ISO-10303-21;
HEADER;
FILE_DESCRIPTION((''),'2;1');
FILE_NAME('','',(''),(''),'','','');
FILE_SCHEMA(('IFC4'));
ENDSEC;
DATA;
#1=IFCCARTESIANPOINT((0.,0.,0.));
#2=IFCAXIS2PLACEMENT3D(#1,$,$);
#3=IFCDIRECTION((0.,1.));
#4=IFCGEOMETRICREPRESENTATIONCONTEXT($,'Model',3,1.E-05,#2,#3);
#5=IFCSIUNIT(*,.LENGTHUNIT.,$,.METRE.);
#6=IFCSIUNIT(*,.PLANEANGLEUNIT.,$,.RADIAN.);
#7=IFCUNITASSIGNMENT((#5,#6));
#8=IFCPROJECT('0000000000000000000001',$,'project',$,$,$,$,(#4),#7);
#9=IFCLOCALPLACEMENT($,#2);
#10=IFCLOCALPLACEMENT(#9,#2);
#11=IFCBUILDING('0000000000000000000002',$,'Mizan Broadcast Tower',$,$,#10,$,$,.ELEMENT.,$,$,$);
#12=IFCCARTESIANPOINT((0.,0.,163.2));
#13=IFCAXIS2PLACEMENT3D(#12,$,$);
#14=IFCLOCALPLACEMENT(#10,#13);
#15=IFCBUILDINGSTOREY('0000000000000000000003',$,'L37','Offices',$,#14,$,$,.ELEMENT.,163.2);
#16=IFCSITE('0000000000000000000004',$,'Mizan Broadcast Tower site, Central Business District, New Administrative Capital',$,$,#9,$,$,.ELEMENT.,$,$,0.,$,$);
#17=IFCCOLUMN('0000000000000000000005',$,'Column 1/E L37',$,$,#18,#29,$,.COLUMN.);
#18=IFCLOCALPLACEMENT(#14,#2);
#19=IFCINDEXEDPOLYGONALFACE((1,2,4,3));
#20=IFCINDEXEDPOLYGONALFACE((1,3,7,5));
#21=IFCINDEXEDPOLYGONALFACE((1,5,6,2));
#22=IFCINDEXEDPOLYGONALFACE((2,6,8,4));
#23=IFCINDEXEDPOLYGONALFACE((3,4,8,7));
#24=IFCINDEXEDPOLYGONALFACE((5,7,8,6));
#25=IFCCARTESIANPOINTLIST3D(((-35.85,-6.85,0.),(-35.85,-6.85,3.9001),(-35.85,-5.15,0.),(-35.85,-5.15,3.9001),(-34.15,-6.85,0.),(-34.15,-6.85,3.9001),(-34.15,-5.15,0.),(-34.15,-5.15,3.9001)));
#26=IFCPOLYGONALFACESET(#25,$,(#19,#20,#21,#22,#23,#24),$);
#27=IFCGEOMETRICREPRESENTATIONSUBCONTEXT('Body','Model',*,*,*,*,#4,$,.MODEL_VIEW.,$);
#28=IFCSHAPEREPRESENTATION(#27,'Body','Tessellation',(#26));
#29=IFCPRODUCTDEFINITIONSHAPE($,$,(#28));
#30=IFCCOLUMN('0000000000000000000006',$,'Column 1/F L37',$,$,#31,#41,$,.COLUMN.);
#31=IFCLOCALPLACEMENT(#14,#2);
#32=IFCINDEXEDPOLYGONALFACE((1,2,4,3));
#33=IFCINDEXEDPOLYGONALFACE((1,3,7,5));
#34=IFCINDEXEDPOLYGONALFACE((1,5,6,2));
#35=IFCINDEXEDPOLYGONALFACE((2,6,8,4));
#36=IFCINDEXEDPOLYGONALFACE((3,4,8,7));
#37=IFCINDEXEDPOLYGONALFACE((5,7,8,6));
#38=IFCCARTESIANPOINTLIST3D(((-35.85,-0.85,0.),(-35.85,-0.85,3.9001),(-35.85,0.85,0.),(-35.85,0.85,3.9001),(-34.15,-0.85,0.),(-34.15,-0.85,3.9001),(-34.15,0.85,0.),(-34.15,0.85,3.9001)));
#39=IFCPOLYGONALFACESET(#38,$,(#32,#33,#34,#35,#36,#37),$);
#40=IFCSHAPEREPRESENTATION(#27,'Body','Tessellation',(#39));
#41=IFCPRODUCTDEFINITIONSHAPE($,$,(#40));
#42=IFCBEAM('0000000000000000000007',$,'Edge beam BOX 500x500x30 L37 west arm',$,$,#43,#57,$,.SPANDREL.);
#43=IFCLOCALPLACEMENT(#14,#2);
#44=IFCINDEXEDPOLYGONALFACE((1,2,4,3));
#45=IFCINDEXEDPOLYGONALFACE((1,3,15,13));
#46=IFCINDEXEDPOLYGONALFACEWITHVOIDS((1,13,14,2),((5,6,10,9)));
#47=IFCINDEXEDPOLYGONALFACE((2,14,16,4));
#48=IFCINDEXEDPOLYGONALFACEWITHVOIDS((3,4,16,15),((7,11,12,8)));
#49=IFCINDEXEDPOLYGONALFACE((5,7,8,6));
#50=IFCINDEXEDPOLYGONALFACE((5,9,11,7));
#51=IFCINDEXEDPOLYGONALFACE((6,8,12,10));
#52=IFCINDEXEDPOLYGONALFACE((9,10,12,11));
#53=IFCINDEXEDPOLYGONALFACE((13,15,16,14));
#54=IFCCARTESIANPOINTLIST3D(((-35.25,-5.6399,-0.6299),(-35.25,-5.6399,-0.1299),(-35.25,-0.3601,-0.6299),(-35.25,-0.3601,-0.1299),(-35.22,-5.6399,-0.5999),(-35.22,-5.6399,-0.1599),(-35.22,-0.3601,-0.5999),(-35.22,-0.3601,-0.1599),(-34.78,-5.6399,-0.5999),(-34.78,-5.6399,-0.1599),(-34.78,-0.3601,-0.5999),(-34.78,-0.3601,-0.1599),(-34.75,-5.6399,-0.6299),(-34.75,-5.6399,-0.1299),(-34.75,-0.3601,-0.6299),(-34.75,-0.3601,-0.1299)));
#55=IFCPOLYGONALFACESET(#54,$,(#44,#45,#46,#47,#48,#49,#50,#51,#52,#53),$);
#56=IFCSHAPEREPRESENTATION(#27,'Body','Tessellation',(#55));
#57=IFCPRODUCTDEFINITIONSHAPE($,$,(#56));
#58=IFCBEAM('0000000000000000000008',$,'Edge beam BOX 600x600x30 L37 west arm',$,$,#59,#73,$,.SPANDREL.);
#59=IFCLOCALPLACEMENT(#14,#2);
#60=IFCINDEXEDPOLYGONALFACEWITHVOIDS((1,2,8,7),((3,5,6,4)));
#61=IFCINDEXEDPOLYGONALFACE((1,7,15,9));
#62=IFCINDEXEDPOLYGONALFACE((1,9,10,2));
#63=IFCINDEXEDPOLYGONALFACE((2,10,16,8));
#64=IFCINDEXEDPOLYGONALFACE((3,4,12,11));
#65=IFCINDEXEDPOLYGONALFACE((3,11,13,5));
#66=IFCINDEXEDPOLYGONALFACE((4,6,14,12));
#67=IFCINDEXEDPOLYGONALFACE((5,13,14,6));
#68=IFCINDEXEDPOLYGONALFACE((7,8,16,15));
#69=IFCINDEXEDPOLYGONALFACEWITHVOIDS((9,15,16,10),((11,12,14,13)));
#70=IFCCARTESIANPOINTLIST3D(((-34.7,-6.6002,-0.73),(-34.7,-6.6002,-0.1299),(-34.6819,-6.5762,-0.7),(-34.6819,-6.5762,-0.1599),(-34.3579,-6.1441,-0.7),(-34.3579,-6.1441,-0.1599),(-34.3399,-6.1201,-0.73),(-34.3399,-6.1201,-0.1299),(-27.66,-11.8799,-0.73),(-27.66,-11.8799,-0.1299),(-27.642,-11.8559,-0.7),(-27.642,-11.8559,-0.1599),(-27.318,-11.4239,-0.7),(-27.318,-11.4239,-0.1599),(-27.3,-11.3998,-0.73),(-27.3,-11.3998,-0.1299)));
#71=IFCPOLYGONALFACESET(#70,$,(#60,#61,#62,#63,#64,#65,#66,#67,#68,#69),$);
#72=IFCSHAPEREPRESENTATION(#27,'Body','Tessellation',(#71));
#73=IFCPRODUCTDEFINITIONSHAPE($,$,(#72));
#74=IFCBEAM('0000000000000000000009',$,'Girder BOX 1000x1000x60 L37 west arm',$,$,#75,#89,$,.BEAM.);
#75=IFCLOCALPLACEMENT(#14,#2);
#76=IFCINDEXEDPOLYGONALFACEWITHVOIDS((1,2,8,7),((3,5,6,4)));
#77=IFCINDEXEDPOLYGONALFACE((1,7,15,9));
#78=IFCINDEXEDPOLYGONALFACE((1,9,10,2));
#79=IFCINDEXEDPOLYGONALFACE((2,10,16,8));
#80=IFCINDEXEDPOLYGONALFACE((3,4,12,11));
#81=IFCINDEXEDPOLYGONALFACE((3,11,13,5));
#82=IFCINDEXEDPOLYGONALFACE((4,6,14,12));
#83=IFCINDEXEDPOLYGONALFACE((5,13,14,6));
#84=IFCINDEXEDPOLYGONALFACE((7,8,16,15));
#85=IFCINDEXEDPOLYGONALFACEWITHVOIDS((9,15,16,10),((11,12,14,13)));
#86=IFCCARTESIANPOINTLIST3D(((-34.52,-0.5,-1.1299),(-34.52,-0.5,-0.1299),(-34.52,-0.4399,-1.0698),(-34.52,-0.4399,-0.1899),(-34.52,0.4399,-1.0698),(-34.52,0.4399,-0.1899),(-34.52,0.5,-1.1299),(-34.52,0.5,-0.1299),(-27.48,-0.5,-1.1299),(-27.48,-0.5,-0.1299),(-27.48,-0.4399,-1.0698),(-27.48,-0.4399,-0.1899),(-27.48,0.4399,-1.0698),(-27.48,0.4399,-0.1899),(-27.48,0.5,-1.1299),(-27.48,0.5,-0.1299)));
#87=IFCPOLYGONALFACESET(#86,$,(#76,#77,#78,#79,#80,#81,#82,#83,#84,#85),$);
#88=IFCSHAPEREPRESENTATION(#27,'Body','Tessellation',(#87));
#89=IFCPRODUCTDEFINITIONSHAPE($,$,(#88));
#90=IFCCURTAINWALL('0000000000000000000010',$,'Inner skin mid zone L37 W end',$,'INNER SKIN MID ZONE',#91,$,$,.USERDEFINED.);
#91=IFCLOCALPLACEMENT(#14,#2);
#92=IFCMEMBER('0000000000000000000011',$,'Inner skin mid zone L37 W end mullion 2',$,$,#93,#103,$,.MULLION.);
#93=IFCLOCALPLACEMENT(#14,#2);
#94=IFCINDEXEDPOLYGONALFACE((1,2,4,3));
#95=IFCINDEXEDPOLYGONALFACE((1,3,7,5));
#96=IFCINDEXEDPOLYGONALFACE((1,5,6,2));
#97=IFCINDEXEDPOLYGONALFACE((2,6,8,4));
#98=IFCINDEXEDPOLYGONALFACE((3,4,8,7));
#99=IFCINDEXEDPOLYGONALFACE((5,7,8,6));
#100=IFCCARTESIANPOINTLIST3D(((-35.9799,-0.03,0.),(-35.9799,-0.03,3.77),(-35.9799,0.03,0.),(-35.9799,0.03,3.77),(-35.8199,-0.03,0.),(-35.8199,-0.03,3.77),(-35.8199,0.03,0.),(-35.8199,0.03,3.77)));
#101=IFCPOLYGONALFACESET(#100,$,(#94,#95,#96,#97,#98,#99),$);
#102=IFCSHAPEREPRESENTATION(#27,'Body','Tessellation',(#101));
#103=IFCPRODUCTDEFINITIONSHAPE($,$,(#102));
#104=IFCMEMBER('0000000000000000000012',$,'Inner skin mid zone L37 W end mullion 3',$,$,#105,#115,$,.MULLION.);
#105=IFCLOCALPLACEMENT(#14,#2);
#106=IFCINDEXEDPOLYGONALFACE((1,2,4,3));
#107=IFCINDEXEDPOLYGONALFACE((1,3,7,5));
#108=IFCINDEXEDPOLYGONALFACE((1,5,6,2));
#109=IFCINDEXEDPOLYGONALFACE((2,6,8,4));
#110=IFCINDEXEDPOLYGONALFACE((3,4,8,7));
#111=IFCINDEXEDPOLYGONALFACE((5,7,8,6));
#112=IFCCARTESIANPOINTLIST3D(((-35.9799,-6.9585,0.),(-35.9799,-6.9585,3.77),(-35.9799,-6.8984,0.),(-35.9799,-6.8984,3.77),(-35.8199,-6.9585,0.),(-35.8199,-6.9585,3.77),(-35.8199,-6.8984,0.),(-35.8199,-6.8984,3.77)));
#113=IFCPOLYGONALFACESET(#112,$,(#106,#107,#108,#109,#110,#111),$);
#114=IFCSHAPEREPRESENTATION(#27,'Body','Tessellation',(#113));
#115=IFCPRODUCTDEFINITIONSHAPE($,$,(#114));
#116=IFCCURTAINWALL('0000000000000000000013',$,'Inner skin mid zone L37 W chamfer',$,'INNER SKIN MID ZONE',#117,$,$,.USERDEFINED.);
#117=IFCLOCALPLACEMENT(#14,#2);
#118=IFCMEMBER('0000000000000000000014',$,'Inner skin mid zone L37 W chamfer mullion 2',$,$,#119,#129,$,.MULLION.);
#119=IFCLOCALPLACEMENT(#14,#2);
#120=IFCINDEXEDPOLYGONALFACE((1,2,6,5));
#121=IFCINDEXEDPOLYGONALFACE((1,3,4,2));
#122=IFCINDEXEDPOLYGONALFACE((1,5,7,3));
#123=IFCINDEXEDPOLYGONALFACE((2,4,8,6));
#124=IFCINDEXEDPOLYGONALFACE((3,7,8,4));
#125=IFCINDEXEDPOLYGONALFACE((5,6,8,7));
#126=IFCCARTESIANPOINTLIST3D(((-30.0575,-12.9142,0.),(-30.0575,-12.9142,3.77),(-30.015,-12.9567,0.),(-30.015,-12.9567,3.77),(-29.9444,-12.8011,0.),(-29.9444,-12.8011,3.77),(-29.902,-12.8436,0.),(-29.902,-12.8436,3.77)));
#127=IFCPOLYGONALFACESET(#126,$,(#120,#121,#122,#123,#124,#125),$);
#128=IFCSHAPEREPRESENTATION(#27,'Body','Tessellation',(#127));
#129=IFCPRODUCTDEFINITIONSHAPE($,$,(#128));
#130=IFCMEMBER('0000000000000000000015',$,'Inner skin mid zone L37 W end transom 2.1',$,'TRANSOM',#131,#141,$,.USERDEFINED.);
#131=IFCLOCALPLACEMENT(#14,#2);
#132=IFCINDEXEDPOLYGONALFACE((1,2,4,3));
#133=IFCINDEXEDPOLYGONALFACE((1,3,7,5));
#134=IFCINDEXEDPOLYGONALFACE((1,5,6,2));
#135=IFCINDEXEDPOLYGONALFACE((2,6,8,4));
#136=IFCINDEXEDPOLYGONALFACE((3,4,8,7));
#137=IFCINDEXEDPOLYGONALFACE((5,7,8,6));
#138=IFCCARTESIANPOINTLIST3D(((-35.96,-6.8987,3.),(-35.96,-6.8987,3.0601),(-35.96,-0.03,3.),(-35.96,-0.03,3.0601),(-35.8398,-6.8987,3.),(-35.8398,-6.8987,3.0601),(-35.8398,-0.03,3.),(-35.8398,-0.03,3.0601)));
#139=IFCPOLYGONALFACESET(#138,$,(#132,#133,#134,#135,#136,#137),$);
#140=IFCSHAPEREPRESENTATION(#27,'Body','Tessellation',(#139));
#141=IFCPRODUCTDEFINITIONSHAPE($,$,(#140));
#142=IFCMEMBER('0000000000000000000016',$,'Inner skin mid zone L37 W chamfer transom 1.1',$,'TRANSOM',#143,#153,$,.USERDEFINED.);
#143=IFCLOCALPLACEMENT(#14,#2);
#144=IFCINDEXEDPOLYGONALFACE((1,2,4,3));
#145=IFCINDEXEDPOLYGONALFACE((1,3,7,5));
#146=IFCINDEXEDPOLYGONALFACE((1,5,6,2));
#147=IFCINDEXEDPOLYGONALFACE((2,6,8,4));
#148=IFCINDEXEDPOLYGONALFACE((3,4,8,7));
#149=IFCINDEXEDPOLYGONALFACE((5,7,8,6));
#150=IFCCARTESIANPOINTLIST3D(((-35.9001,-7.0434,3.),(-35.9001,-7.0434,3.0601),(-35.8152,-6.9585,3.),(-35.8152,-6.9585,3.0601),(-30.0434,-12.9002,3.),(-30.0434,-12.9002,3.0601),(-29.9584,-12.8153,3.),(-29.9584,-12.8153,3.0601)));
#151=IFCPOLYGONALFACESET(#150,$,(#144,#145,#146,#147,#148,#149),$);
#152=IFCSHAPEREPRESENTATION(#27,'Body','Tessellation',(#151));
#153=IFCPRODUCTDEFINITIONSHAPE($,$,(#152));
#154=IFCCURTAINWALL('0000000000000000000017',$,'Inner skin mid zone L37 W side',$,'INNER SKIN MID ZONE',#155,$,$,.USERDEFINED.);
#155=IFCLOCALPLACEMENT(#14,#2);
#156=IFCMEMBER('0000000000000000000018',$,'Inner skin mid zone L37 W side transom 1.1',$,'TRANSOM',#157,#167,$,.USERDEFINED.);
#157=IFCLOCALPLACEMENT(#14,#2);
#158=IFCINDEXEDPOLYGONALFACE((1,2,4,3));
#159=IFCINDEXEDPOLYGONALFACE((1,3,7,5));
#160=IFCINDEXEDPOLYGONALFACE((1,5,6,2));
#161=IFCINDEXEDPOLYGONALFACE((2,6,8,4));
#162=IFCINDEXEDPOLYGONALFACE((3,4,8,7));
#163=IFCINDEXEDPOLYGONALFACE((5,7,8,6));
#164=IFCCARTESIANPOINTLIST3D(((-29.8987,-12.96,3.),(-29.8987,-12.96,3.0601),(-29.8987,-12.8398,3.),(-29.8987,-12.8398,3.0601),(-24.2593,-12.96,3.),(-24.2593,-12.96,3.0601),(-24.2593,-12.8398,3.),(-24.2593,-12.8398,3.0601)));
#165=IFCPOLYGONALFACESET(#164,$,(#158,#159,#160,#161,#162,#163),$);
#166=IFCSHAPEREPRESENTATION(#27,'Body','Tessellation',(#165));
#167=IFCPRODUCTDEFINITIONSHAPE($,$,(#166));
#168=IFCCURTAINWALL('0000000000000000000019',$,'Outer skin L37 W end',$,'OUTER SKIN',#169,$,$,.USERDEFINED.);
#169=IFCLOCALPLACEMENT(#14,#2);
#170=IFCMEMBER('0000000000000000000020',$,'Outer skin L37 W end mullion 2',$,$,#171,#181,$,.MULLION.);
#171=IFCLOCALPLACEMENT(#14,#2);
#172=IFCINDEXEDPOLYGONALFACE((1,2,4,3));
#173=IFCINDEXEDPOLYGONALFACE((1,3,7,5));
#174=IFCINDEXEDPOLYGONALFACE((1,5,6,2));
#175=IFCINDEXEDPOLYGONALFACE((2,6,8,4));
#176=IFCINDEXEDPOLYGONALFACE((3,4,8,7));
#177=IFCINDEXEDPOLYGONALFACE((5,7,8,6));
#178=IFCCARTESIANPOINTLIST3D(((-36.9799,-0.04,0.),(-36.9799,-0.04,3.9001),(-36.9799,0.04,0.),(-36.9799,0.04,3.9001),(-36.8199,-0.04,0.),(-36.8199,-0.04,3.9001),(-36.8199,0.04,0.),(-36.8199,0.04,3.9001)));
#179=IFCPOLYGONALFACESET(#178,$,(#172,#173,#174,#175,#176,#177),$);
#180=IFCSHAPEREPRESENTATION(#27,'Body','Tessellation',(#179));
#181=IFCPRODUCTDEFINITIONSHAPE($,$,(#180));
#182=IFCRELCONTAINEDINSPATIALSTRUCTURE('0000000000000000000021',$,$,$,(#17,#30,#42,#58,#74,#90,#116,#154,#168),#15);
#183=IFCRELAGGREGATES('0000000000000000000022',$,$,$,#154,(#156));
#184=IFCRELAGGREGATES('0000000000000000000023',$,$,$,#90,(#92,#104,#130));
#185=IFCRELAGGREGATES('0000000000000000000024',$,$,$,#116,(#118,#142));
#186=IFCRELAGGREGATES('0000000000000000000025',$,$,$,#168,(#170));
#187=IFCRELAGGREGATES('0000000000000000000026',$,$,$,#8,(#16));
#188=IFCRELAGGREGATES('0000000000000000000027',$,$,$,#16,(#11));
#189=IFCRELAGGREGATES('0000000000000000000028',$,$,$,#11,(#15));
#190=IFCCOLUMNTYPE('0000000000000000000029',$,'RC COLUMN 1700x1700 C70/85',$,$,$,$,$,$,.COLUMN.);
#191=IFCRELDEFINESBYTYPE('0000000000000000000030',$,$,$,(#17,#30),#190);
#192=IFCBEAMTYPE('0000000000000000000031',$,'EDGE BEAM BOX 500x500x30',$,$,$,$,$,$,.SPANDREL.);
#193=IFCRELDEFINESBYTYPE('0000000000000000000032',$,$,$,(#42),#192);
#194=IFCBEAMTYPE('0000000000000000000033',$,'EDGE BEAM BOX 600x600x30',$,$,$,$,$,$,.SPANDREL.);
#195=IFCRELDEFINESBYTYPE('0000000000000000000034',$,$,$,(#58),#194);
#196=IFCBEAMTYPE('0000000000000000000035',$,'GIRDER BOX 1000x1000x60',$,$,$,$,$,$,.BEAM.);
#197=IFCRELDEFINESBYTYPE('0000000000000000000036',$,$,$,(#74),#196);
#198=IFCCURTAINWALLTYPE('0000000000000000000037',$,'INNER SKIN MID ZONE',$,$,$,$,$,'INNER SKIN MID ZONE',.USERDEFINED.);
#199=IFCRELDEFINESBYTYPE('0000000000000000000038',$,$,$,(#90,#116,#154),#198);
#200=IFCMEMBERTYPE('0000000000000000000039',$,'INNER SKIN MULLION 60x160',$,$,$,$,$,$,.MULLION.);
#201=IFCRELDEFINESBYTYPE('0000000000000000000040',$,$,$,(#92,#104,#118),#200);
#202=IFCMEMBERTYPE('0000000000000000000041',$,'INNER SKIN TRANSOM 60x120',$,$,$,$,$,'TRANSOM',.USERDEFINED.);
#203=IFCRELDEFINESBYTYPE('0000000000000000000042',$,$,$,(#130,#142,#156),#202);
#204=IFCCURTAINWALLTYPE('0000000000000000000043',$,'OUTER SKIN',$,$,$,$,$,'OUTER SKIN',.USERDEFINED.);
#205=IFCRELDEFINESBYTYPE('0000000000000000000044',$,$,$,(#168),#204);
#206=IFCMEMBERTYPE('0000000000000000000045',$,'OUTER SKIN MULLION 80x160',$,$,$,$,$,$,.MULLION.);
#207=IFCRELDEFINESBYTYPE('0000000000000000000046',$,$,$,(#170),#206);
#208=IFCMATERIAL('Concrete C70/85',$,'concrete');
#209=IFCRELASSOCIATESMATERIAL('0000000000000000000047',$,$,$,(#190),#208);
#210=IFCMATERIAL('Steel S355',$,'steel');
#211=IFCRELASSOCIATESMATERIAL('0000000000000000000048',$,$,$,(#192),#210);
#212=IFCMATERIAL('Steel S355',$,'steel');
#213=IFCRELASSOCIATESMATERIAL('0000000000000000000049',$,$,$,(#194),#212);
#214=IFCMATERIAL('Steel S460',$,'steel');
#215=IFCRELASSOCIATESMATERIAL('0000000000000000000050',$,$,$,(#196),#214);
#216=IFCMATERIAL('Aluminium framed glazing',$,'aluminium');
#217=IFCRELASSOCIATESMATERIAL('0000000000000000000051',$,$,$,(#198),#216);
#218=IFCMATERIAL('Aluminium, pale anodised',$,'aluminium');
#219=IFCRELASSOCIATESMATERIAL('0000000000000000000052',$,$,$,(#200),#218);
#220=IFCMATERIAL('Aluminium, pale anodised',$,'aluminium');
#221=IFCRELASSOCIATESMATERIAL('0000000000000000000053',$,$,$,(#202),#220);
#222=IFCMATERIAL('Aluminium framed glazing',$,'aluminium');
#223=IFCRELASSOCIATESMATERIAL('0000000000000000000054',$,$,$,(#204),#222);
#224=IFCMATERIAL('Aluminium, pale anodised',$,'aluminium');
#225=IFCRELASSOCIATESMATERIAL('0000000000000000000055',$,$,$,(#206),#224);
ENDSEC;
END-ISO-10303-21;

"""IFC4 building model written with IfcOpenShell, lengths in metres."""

from ifc_helpers import new_model, si_unit, direction, frame, origin, origin_2d, place, context, subcontext, project, spatial, rectangle, hollow_rectangle, extrude, material, material_profile, profile_set, type_object, element, aggregate, save


model = new_model("IFC4")

# Units and contexts
model_context = context("Model", 3, precision=1e-05, world=origin(), true_north=direction((0.0, 1.0)))
body_context = subcontext(model_context, "Body", "Model", "MODEL_VIEW")
ifc_project = project(units=[si_unit("LENGTHUNIT", "METRE"), si_unit("PLANEANGLEUNIT", "RADIAN")], contexts=[model_context])

# Site, building, storey
site_placement = place(None, origin())
site = spatial("IfcSite", under=ifc_project, at=site_placement, Name="Mizan Broadcast Tower site, Central Business District, New Administrative Capital", CompositionType="ELEMENT", RefElevation=0.0)
building_placement = place(site_placement, origin())
building = spatial("IfcBuilding", under=site, at=building_placement, Name="Mizan Broadcast Tower", CompositionType="ELEMENT")
storey_placement = place(building_placement, frame((0.0, 0.0, 163.2)))
storey = spatial("IfcBuildingStorey", under=building, at=storey_placement, Name="L37", Description="Offices", CompositionType="ELEMENT", Elevation=163.2)

# Columns
ifc_material_1 = material(Name="Concrete C70/85", Category="concrete")
ifc_material_profile_1 = material_profile(ifc_material_1, rectangle(XDim=1.7, YDim=1.7, at=origin_2d()), Name="RC 1700x1700")
ifc_profile_set_1 = profile_set([ifc_material_profile_1], Name="Concrete C70/85")
column_type = type_object("IfcColumnType", Name="RC COLUMN 1700x1700 C70/85", PredefinedType="COLUMN", material=ifc_profile_set_1)
for number, where, z_axis, x_axis, name in (
    (1, (-35.0, -6.0, 0.0), (0.0, 0.0, 1.0), (1.0, 0.0, 0.0), "Column 1/E L37"),
    (2, (-35.0, 0.0, 0.0), (0.0, 0.0, 1.0), (1.0, 0.0, 0.0), "Column 1/F L37"),
):
    element("IfcColumn", number, at=place(storey_placement, frame(where, z_axis=z_axis, x_axis=x_axis)), inside=storey, type_object=column_type, Name=name, PredefinedType="COLUMN", context=body_context, shape_type="SweptSolid", body=[
        extrude(rectangle(XDim=1.7, YDim=1.7, at=origin_2d()), origin(), (0.0, 0.0, 1.0), 3.9001),
    ])

# Beams
ifc_material_2 = material(Name="Steel S355", Category="steel")
ifc_material_profile_2 = material_profile(ifc_material_2, hollow_rectangle(XDim=0.5, YDim=0.5, WallThickness=0.03, at=origin_2d()), Name="BOX 500x500x30")
ifc_profile_set_2 = profile_set([ifc_material_profile_2], Name="Steel S355")
beam_type_1 = type_object("IfcBeamType", Name="EDGE BEAM BOX 500x500x30", PredefinedType="SPANDREL", material=ifc_profile_set_2)
beam_1_placement = place(storey_placement, frame((-35.0, -5.6399, -0.3799), z_axis=(0.0, 1.0, 0.0), x_axis=(-1.0, 0.0, 0.0)))
element("IfcBeam", 3, at=beam_1_placement, inside=storey, type_object=beam_type_1, Name="Edge beam BOX 500x500x30 L37 west arm", PredefinedType="SPANDREL", context=body_context, shape_type="SweptSolid", body=[
    extrude(hollow_rectangle(XDim=0.5, YDim=0.5, WallThickness=0.03, at=origin_2d()), origin(), (0.0, 0.0, 1.0), 5.2798),
])
ifc_material_3 = material(Name="Steel S355", Category="steel")
ifc_material_profile_3 = material_profile(ifc_material_3, hollow_rectangle(XDim=0.6001, YDim=0.6001, WallThickness=0.03, at=origin_2d()), Name="BOX 600x600x30")
ifc_profile_set_3 = profile_set([ifc_material_profile_3], Name="Steel S355")
beam_type_2 = type_object("IfcBeamType", Name="EDGE BEAM BOX 600x600x30", PredefinedType="SPANDREL", material=ifc_profile_set_3)
beam_2_placement = place(storey_placement, frame((-27.48, -11.6399, -0.4299), z_axis=(-0.800013, 0.599982, 0.0), x_axis=(-0.599982, -0.800013, 0.0)))
element("IfcBeam", 4, at=beam_2_placement, inside=storey, type_object=beam_type_2, Name="Edge beam BOX 600x600x30 L37 west arm", PredefinedType="SPANDREL", context=body_context, shape_type="SweptSolid", body=[
    extrude(hollow_rectangle(XDim=0.6001, YDim=0.6001, WallThickness=0.03, at=origin_2d()), origin(), (0.0, 0.0, 1.0), 8.7998),
])
ifc_material_4 = material(Name="Steel S460", Category="steel")
ifc_material_profile_4 = material_profile(ifc_material_4, hollow_rectangle(XDim=1.0, YDim=1.0, WallThickness=0.0601, at=origin_2d()), Name="BOX 1000x1000x60")
ifc_profile_set_4 = profile_set([ifc_material_profile_4], Name="Steel S460")
beam_type_3 = type_object("IfcBeamType", Name="GIRDER BOX 1000x1000x60", PredefinedType="BEAM", material=ifc_profile_set_4)
beam_3_placement = place(storey_placement, frame((-27.48, 0.0, -0.6299), z_axis=(-1.0, 0.0, 0.0), x_axis=(0.0, -1.0, 0.0)))
element("IfcBeam", 5, at=beam_3_placement, inside=storey, type_object=beam_type_3, Name="Girder BOX 1000x1000x60 L37 west arm", PredefinedType="BEAM", context=body_context, shape_type="SweptSolid", body=[
    extrude(hollow_rectangle(XDim=1.0, YDim=1.0, WallThickness=0.0601, at=origin_2d()), origin(), (0.0, 0.0, 1.0), 7.04),
])

# Curtain wall, members
ifc_material_5 = material(Name="Aluminium framed glazing", Category="aluminium")
curtain_wall_type_1 = type_object("IfcCurtainWallType", Name="INNER SKIN MID ZONE", ElementType="INNER SKIN MID ZONE", PredefinedType="USERDEFINED", material=ifc_material_5)
curtain_wall_1_placement = place(storey_placement, origin())
curtain_wall_1 = element("IfcCurtainWall", 6, at=curtain_wall_1_placement, inside=storey, type_object=curtain_wall_type_1, Name="Inner skin mid zone L37 W end", ObjectType="INNER SKIN MID ZONE", PredefinedType="USERDEFINED")
ifc_material_6 = material(Name="Aluminium, pale anodised", Category="aluminium")
ifc_material_profile_5 = material_profile(ifc_material_6, rectangle(XDim=0.1599, YDim=0.0601, at=origin_2d()), Name="MULLION 160x60")
ifc_profile_set_5 = profile_set([ifc_material_profile_5], Name="Aluminium, pale anodised")
member_type_1 = type_object("IfcMemberType", Name="INNER SKIN MULLION 60x160", PredefinedType="MULLION", material=ifc_profile_set_5)
member_1_placement = place(storey_placement, frame((-35.8999, 0.0, 0.0), z_axis=(0.0, 0.0, 1.0), x_axis=(1.0, 0.0, 0.0)))
member_1 = element("IfcMember", 7, at=member_1_placement, type_object=member_type_1, Name="Inner skin mid zone L37 W end mullion 2", PredefinedType="MULLION", context=body_context, shape_type="SweptSolid", body=[
    extrude(rectangle(XDim=0.1599, YDim=0.0601, at=origin_2d()), origin(), (0.0, 0.0, 1.0), 3.77),
])
member_2_placement = place(storey_placement, frame((-35.8999, -6.9285, 0.0), z_axis=(0.0, 0.0, 1.0), x_axis=(1.0, 0.0, 0.0)))
member_2 = element("IfcMember", 8, at=member_2_placement, type_object=member_type_1, Name="Inner skin mid zone L37 W end mullion 3", PredefinedType="MULLION", context=body_context, shape_type="SweptSolid", body=[
    extrude(rectangle(XDim=0.1599, YDim=0.0601, at=origin_2d()), origin(), (0.0, 0.0, 1.0), 3.77),
])

# Curtain wall, member
curtain_wall_2_placement = place(storey_placement, origin())
curtain_wall_2 = element("IfcCurtainWall", 9, at=curtain_wall_2_placement, inside=storey, type_object=curtain_wall_type_1, Name="Inner skin mid zone L37 W chamfer", ObjectType="INNER SKIN MID ZONE", PredefinedType="USERDEFINED")
member_3_placement = place(storey_placement, frame((-29.9797, -12.8789, 0.0), z_axis=(0.0, 0.0, 1.0), x_axis=(0.707107, 0.707107, 0.0)))
member_3 = element("IfcMember", 10, at=member_3_placement, type_object=member_type_1, Name="Inner skin mid zone L37 W chamfer mullion 2", PredefinedType="MULLION", context=body_context, shape_type="SweptSolid", body=[
    extrude(rectangle(XDim=0.1599, YDim=0.0601, at=origin_2d()), origin(), (0.0, 0.0, 1.0), 3.77),
])

# Members
ifc_material_7 = material(Name="Aluminium, pale anodised", Category="aluminium")
ifc_material_profile_6 = material_profile(ifc_material_7, rectangle(XDim=0.1201, YDim=0.0601, at=origin_2d()), Name="TRANSOM 120x60")
ifc_profile_set_6 = profile_set([ifc_material_profile_6], Name="Aluminium, pale anodised")
member_type_2 = type_object("IfcMemberType", Name="INNER SKIN TRANSOM 60x120", ElementType="TRANSOM", PredefinedType="USERDEFINED", material=ifc_profile_set_6)
member_4_placement = place(storey_placement, frame((-35.8999, -0.03, 3.03), z_axis=(0.0, -1.0, 0.0), x_axis=(1.0, 0.0, 0.0)))
member_4 = element("IfcMember", 11, at=member_4_placement, type_object=member_type_2, Name="Inner skin mid zone L37 W end transom 2.1", ObjectType="TRANSOM", PredefinedType="USERDEFINED", context=body_context, shape_type="SweptSolid", body=[
    extrude(rectangle(XDim=0.1201, YDim=0.0601, at=origin_2d()), origin(), (0.0, 0.0, 1.0), 6.8687),
])
member_5_placement = place(storey_placement, frame((-35.8577, -7.001, 3.03), z_axis=(0.707107, -0.707107, 0.0), x_axis=(0.707107, 0.707107, 0.0)))
member_5 = element("IfcMember", 12, at=member_5_placement, type_object=member_type_2, Name="Inner skin mid zone L37 W chamfer transom 1.1", ObjectType="TRANSOM", PredefinedType="USERDEFINED", context=body_context, shape_type="SweptSolid", body=[
    extrude(rectangle(XDim=0.1201, YDim=0.0601, at=origin_2d()), origin(), (0.0, 0.0, 1.0), 8.2827),
])

# Curtain wall, member
curtain_wall_3_placement = place(storey_placement, origin())
curtain_wall_3 = element("IfcCurtainWall", 13, at=curtain_wall_3_placement, inside=storey, type_object=curtain_wall_type_1, Name="Inner skin mid zone L37 W side", ObjectType="INNER SKIN MID ZONE", PredefinedType="USERDEFINED")
member_6_placement = place(storey_placement, frame((-29.8987, -12.8999, 3.03), z_axis=(1.0, 0.0, 0.0), x_axis=(0.0, 1.0, 0.0)))
member_6 = element("IfcMember", 14, at=member_6_placement, type_object=member_type_2, Name="Inner skin mid zone L37 W side transom 1.1", ObjectType="TRANSOM", PredefinedType="USERDEFINED", context=body_context, shape_type="SweptSolid", body=[
    extrude(rectangle(XDim=0.1201, YDim=0.0601, at=origin_2d()), origin(), (0.0, 0.0, 1.0), 5.6394),
])
aggregate(curtain_wall_3, [member_6])

# Curtain wall, member
ifc_material_8 = material(Name="Aluminium framed glazing", Category="aluminium")
curtain_wall_type_2 = type_object("IfcCurtainWallType", Name="OUTER SKIN", ElementType="OUTER SKIN", PredefinedType="USERDEFINED", material=ifc_material_8)
curtain_wall_4_placement = place(storey_placement, origin())
curtain_wall_4 = element("IfcCurtainWall", 15, at=curtain_wall_4_placement, inside=storey, type_object=curtain_wall_type_2, Name="Outer skin L37 W end", ObjectType="OUTER SKIN", PredefinedType="USERDEFINED")
ifc_material_9 = material(Name="Aluminium, pale anodised", Category="aluminium")
ifc_material_profile_7 = material_profile(ifc_material_9, rectangle(XDim=0.1599, YDim=0.0801, at=origin_2d()), Name="MULLION 160x80")
ifc_profile_set_7 = profile_set([ifc_material_profile_7], Name="Aluminium, pale anodised")
member_type_3 = type_object("IfcMemberType", Name="OUTER SKIN MULLION 80x160", PredefinedType="MULLION", material=ifc_profile_set_7)
member_7_placement = place(storey_placement, frame((-36.8999, 0.0, 0.0), z_axis=(0.0, 0.0, 1.0), x_axis=(1.0, 0.0, 0.0)))
member_7 = element("IfcMember", 16, at=member_7_placement, type_object=member_type_3, Name="Outer skin L37 W end mullion 2", PredefinedType="MULLION", context=body_context, shape_type="SweptSolid", body=[
    extrude(rectangle(XDim=0.1599, YDim=0.0801, at=origin_2d()), origin(), (0.0, 0.0, 1.0), 3.9001),
])

aggregate(curtain_wall_1, [member_1, member_2, member_4])
aggregate(curtain_wall_2, [member_3, member_5])
aggregate(curtain_wall_4, [member_7])

save(model, "model.ifc")
